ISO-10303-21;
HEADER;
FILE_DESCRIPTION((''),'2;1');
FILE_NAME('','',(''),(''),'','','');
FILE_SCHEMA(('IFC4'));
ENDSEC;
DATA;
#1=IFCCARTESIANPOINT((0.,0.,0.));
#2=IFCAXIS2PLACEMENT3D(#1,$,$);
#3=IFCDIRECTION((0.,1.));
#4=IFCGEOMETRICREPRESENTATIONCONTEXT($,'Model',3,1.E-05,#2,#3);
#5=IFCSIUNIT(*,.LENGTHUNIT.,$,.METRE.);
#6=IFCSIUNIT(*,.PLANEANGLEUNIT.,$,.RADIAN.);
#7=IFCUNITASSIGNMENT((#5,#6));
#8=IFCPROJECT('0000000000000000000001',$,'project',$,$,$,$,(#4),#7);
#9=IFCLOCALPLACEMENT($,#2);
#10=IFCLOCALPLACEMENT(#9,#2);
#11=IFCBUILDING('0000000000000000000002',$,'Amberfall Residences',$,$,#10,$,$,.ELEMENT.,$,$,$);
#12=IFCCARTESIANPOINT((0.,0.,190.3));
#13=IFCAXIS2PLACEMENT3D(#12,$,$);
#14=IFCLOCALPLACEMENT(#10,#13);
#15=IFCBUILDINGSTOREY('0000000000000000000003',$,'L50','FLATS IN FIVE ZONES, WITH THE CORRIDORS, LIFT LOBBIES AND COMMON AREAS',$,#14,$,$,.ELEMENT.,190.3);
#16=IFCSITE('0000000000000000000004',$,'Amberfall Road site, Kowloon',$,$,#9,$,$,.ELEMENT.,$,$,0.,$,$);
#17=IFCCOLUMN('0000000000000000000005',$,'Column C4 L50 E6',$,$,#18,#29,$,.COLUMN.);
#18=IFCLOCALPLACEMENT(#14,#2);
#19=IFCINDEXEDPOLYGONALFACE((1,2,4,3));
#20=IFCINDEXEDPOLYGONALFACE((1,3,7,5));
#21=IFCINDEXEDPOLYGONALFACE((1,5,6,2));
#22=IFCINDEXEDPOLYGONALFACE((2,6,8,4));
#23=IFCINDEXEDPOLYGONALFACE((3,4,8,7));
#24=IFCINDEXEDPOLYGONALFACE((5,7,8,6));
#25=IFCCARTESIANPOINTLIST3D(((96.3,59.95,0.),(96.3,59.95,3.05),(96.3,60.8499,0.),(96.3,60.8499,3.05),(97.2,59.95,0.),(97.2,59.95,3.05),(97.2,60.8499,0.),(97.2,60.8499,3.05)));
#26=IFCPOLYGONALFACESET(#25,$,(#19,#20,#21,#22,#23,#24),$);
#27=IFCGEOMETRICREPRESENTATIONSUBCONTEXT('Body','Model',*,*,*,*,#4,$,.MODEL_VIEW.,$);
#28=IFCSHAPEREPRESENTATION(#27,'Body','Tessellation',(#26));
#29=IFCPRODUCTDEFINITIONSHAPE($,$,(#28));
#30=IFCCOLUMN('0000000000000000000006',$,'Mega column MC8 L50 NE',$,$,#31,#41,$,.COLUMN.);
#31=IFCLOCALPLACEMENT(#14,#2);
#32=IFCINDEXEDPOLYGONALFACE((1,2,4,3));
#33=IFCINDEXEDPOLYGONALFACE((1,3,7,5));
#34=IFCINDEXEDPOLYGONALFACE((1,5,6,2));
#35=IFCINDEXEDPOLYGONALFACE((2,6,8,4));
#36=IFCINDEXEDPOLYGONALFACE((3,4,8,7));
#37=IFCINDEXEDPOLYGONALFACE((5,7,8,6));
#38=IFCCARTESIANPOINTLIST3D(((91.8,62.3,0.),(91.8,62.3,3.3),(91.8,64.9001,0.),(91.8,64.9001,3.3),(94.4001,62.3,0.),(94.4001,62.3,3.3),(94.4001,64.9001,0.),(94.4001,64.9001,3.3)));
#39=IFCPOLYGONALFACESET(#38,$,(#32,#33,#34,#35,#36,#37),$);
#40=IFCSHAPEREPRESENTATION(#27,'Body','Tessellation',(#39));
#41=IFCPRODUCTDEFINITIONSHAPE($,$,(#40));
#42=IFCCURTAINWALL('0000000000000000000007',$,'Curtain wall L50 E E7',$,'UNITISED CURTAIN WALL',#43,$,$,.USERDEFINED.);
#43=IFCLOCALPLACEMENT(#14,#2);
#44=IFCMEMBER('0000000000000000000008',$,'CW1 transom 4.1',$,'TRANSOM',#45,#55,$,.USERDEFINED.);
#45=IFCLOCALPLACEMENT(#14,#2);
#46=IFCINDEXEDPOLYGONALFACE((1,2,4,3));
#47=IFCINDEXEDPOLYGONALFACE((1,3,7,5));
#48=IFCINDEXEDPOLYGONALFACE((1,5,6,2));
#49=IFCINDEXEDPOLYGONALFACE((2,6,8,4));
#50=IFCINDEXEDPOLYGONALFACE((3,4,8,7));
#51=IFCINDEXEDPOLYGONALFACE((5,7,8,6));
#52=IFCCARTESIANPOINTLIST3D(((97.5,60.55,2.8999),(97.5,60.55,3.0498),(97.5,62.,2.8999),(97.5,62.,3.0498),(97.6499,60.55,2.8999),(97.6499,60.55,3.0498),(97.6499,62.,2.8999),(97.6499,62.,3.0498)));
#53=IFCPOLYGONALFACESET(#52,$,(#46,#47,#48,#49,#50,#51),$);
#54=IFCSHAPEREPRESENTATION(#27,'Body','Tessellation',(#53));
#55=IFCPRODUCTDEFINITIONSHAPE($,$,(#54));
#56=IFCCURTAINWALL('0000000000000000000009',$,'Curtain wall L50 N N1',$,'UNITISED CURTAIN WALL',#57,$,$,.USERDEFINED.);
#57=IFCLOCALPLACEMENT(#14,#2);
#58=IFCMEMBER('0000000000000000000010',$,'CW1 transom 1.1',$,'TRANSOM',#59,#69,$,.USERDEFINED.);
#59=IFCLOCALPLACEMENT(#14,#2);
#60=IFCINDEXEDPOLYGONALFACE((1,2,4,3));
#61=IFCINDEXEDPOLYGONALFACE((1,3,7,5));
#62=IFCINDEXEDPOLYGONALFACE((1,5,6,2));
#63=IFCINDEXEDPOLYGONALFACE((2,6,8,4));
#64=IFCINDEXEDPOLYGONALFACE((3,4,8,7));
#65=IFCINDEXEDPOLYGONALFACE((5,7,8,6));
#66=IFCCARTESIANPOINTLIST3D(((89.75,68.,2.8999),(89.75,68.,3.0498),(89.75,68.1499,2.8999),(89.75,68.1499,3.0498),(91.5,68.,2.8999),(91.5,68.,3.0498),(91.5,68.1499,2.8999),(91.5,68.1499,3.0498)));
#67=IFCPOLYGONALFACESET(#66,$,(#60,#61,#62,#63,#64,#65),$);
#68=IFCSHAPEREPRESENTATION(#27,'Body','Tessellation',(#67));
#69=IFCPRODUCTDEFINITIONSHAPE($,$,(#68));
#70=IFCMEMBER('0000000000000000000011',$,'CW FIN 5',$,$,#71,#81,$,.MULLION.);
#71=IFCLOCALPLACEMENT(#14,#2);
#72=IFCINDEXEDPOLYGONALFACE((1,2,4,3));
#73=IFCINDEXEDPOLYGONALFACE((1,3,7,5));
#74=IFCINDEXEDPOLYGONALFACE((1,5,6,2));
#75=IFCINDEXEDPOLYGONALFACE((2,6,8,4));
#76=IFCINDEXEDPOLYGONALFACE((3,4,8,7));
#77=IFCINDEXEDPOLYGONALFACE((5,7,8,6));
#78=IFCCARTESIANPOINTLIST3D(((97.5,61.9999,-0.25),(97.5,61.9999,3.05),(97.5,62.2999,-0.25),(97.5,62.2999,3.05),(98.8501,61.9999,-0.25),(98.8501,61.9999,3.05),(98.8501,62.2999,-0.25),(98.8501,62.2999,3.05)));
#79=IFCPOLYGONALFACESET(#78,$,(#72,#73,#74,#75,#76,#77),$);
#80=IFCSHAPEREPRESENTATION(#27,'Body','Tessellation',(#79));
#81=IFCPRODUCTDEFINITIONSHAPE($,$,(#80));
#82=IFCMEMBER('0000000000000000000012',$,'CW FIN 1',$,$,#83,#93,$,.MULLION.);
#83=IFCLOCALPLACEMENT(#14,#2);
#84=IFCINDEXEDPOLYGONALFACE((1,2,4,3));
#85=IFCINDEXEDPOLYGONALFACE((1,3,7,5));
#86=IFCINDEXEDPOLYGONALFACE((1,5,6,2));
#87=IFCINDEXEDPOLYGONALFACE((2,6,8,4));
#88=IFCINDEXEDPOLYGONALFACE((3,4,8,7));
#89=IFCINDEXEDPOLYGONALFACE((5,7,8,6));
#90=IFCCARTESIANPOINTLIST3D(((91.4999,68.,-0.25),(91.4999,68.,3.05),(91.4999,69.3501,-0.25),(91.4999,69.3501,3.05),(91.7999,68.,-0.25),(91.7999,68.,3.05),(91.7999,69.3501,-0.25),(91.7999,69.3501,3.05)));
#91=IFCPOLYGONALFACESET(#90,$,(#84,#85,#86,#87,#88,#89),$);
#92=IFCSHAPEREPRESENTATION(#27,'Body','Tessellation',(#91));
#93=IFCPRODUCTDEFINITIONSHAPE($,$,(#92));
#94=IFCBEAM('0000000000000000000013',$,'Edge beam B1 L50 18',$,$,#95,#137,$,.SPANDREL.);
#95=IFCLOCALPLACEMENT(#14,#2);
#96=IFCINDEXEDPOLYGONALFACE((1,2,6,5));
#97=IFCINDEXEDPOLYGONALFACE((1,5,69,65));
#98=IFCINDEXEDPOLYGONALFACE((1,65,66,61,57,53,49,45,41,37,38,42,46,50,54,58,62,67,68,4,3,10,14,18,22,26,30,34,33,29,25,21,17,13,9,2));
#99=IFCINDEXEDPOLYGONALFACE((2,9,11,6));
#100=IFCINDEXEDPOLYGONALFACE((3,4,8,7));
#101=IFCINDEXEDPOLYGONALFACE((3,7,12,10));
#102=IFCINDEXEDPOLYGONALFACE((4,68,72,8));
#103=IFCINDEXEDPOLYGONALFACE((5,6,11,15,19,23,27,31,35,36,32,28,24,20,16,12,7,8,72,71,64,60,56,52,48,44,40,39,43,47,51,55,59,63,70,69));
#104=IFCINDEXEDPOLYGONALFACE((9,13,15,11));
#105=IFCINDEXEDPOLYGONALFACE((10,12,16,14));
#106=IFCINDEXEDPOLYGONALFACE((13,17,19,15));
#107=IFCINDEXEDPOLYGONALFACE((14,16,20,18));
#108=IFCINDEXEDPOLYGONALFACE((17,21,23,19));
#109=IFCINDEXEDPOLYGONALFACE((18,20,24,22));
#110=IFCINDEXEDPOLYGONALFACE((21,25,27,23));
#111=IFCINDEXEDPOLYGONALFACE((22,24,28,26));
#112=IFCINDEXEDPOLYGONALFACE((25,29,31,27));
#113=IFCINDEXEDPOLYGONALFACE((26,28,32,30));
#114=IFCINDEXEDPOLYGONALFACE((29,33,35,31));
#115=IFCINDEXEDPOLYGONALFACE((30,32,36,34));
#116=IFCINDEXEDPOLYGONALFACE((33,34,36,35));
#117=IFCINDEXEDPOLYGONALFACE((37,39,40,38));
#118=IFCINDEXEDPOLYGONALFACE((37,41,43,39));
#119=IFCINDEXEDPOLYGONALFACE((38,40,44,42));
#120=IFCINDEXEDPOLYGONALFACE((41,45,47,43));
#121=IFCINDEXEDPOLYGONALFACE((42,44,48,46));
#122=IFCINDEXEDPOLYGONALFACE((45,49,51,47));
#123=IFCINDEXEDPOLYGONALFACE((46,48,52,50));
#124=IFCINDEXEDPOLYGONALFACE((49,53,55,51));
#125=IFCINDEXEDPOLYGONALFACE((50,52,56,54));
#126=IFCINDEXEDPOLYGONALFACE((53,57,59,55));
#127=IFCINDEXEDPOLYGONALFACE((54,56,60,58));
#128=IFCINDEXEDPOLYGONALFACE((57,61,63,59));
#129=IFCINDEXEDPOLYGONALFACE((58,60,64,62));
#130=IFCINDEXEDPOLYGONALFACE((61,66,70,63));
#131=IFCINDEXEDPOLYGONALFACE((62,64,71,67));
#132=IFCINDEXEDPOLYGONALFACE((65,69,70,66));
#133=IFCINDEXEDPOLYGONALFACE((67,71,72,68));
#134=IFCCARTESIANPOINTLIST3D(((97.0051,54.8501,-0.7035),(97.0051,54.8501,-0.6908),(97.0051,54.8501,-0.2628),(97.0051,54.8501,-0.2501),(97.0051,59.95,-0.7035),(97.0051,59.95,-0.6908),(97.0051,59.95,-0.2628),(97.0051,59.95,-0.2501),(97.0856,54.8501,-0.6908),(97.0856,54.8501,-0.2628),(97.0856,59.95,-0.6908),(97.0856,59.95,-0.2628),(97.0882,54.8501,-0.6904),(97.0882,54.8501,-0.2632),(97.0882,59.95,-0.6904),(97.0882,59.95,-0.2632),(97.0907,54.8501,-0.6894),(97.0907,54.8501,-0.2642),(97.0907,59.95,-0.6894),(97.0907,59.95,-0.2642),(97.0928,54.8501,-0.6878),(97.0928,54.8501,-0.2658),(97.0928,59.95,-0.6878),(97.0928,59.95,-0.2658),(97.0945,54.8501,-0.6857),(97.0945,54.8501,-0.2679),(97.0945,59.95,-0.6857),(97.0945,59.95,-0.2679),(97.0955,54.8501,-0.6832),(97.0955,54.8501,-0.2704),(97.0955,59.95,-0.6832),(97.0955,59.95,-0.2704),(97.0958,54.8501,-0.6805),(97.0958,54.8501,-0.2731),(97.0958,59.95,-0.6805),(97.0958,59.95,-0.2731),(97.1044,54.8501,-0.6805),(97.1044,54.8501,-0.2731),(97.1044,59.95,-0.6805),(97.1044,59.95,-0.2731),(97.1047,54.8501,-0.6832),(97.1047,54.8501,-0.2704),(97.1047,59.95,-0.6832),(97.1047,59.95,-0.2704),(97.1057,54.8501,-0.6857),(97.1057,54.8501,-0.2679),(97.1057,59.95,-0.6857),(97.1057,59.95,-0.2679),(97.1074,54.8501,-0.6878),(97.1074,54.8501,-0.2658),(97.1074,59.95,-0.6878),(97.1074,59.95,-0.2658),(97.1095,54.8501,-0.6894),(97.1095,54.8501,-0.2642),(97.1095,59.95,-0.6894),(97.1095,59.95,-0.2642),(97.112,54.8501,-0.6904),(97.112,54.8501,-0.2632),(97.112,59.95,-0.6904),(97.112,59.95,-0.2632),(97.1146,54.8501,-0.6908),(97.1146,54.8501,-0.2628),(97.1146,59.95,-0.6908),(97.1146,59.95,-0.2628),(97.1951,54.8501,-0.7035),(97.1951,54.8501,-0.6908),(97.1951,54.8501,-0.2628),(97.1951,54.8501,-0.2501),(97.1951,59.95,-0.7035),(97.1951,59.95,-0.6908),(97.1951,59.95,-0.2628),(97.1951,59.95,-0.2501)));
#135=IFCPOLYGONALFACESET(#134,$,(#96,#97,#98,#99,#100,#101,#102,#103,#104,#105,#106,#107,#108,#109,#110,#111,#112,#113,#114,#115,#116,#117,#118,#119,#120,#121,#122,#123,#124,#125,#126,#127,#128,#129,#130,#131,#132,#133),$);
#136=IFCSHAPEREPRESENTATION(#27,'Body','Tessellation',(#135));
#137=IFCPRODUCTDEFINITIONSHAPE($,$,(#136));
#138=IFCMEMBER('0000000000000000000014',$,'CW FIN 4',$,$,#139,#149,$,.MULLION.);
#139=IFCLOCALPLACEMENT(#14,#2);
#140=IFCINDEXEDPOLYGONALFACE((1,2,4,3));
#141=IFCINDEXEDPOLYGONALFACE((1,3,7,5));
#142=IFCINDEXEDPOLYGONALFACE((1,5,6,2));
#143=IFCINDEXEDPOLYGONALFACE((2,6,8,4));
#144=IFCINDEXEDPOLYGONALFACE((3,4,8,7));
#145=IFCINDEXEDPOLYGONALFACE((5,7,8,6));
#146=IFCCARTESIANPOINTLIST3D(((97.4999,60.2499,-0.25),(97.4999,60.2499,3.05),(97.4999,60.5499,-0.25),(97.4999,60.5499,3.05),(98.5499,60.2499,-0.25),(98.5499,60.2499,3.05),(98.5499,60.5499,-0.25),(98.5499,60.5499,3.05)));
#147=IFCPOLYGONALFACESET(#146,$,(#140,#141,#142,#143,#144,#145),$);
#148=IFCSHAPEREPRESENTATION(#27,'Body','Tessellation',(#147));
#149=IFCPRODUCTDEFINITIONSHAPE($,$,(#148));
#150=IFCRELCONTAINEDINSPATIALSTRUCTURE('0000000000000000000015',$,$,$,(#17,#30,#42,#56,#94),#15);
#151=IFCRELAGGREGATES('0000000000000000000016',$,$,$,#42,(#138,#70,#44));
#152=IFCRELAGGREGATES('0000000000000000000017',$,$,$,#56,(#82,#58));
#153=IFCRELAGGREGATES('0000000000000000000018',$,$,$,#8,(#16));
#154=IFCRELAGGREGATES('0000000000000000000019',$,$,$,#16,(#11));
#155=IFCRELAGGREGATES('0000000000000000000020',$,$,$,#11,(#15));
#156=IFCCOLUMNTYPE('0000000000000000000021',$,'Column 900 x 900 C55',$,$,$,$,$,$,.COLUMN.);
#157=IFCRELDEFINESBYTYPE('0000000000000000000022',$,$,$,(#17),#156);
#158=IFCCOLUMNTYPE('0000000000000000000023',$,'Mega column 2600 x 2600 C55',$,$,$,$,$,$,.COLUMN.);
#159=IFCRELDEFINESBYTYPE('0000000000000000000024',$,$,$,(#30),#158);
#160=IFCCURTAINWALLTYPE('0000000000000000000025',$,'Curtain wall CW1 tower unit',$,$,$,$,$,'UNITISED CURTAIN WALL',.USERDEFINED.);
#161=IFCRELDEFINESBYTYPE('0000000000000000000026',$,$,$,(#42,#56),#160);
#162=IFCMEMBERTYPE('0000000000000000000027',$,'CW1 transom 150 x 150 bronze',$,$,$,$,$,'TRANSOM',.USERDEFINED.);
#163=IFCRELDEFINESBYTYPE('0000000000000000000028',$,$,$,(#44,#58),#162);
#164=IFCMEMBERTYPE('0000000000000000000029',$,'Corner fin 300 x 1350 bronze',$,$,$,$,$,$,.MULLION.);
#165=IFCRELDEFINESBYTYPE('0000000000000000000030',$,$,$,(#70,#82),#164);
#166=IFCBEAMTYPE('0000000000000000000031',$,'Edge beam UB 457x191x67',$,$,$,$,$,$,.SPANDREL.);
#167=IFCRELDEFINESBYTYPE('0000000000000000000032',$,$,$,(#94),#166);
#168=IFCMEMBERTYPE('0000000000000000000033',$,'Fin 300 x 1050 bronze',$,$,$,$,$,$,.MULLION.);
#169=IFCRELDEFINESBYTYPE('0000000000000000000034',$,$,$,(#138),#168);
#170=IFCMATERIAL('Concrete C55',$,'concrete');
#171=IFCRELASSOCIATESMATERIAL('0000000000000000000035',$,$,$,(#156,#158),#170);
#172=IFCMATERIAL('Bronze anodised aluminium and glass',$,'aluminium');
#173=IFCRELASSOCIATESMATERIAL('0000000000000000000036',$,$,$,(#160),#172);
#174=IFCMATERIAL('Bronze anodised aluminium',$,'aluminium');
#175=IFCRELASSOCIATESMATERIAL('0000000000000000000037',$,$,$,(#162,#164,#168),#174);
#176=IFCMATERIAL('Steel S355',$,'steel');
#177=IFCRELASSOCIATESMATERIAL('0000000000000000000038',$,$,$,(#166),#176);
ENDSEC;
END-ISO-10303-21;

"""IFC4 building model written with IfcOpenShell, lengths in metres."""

from ifc_helpers import new_model, si_unit, direction, frame, origin, origin_2d, place, context, subcontext, project, spatial, rectangle, i_section, extrude, material, material_profile, profile_set, type_object, element, aggregate, save


model = new_model("IFC4")

# Units and contexts
model_context = context("Model", 3, precision=1e-05, world=origin(), true_north=direction((0.0, 1.0)))
body_context = subcontext(model_context, "Body", "Model", "MODEL_VIEW")
ifc_project = project(units=[si_unit("LENGTHUNIT", "METRE"), si_unit("PLANEANGLEUNIT", "RADIAN")], contexts=[model_context])

# Site, building, storey
site_placement = place(None, origin())
site = spatial("IfcSite", under=ifc_project, at=site_placement, Name="Amberfall Road site, Kowloon", CompositionType="ELEMENT", RefElevation=0.0)
building_placement = place(site_placement, origin())
building = spatial("IfcBuilding", under=site, at=building_placement, Name="Amberfall Residences", CompositionType="ELEMENT")
storey_placement = place(building_placement, frame((0.0, 0.0, 190.3)))
storey = spatial("IfcBuildingStorey", under=building, at=storey_placement, Name="L50", Description="FLATS IN FIVE ZONES, WITH THE CORRIDORS, LIFT LOBBIES AND COMMON AREAS", CompositionType="ELEMENT", Elevation=190.3)

# Columns
ifc_material_1 = material(Name="Concrete C55", Category="concrete")
ifc_material_profile_1 = material_profile(ifc_material_1, rectangle(XDim=0.8999, YDim=0.8999, at=origin_2d()), Name="Column 900 x 900 C55")
ifc_profile_set_1 = profile_set([ifc_material_profile_1], Name="Concrete C55")
column_type_1 = type_object("IfcColumnType", Name="Column 900 x 900 C55", PredefinedType="COLUMN", material=ifc_profile_set_1)
column_1_placement = place(storey_placement, frame((96.75, 60.3999, 0.0), z_axis=(0.0, 0.0, 1.0), x_axis=(1.0, 0.0, 0.0)))
element("IfcColumn", 1, at=column_1_placement, inside=storey, type_object=column_type_1, Name="Column C4 L50 E6", PredefinedType="COLUMN", context=body_context, shape_type="SweptSolid", body=[
    extrude(rectangle(XDim=0.8999, YDim=0.8999, at=origin_2d()), origin(), (0.0, 0.0, 1.0), 3.05),
])
ifc_material_profile_2 = material_profile(ifc_material_1, rectangle(XDim=2.6001, YDim=2.6001, at=origin_2d()), Name="Mega column 2600 x 2600 C55")
ifc_profile_set_2 = profile_set([ifc_material_profile_2], Name="Concrete C55")
column_type_2 = type_object("IfcColumnType", Name="Mega column 2600 x 2600 C55", PredefinedType="COLUMN", material=ifc_profile_set_2)
column_2_placement = place(storey_placement, frame((93.1001, 63.6001, 0.0), z_axis=(0.0, 0.0, 1.0), x_axis=(1.0, 0.0, 0.0)))
element("IfcColumn", 2, at=column_2_placement, inside=storey, type_object=column_type_2, Name="Mega column MC8 L50 NE", PredefinedType="COLUMN", context=body_context, shape_type="SweptSolid", body=[
    extrude(rectangle(XDim=2.6001, YDim=2.6001, at=origin_2d()), origin(), (0.0, 0.0, 1.0), 3.3),
])

# Curtain walls, members
ifc_material_2 = material(Name="Bronze anodised aluminium and glass", Category="aluminium")
curtain_wall_type = type_object("IfcCurtainWallType", Name="Curtain wall CW1 tower unit", ElementType="UNITISED CURTAIN WALL", PredefinedType="USERDEFINED", material=ifc_material_2)
curtain_wall_1_placement = place(storey_placement, origin())
curtain_wall_1 = element("IfcCurtainWall", 3, at=curtain_wall_1_placement, inside=storey, type_object=curtain_wall_type, Name="Curtain wall L50 E E7", ObjectType="UNITISED CURTAIN WALL", PredefinedType="USERDEFINED")
ifc_material_3 = material(Name="Bronze anodised aluminium", Category="aluminium")
ifc_material_profile_3 = material_profile(ifc_material_3, rectangle(XDim=0.1499, YDim=0.1499, at=origin_2d()), Name="CW1 transom 150 x 150 bronze")
ifc_profile_set_3 = profile_set([ifc_material_profile_3], Name="Bronze anodised aluminium")
member_type_1 = type_object("IfcMemberType", Name="CW1 transom 150 x 150 bronze", ElementType="TRANSOM", PredefinedType="USERDEFINED", material=ifc_profile_set_3)
member_1_placement = place(storey_placement, frame((97.575, 60.55, 2.9749), z_axis=(0.0, 1.0, 0.0), x_axis=(-1.0, 0.0, 0.0)))
member_1 = element("IfcMember", 4, at=member_1_placement, type_object=member_type_1, Name="CW1 transom 4.1", ObjectType="TRANSOM", PredefinedType="USERDEFINED", context=body_context, shape_type="SweptSolid", body=[
    extrude(rectangle(XDim=0.1499, YDim=0.1499, at=origin_2d()), origin(), (0.0, 0.0, 1.0), 1.45),
])
curtain_wall_2_placement = place(storey_placement, origin())
curtain_wall_2 = element("IfcCurtainWall", 5, at=curtain_wall_2_placement, inside=storey, type_object=curtain_wall_type, Name="Curtain wall L50 N N1", ObjectType="UNITISED CURTAIN WALL", PredefinedType="USERDEFINED")
member_2_placement = place(storey_placement, frame((91.5, 68.075, 2.9749), z_axis=(-1.0, 0.0, 0.0), x_axis=(0.0, -1.0, 0.0)))
member_2 = element("IfcMember", 6, at=member_2_placement, type_object=member_type_1, Name="CW1 transom 1.1", ObjectType="TRANSOM", PredefinedType="USERDEFINED", context=body_context, shape_type="SweptSolid", body=[
    extrude(rectangle(XDim=0.1499, YDim=0.1499, at=origin_2d()), origin(), (0.0, 0.0, 1.0), 1.75),
])

# Members
ifc_material_profile_4 = material_profile(ifc_material_3, rectangle(XDim=1.3501, YDim=0.3, at=origin_2d()), Name="Corner fin 300 x 1350 bronze")
ifc_profile_set_4 = profile_set([ifc_material_profile_4], Name="Bronze anodised aluminium")
member_type_2 = type_object("IfcMemberType", Name="Corner fin 300 x 1350 bronze", PredefinedType="MULLION", material=ifc_profile_set_4)
member_3_placement = place(storey_placement, frame((98.175, 62.1499, -0.25), z_axis=(0.0, 0.0, 1.0), x_axis=(-1.0, 0.0, 0.0)))
member_3 = element("IfcMember", 7, at=member_3_placement, type_object=member_type_2, Name="CW FIN 5", PredefinedType="MULLION", context=body_context, shape_type="SweptSolid", body=[
    extrude(rectangle(XDim=1.3501, YDim=0.3, at=origin_2d()), origin(), (0.0, 0.0, 1.0), 3.3),
])
member_4_placement = place(storey_placement, frame((91.6499, 68.675, -0.25), z_axis=(0.0, 0.0, 1.0), x_axis=(0.0, -1.0, 0.0)))
member_4 = element("IfcMember", 8, at=member_4_placement, type_object=member_type_2, Name="CW FIN 1", PredefinedType="MULLION", context=body_context, shape_type="SweptSolid", body=[
    extrude(rectangle(XDim=1.3501, YDim=0.3, at=origin_2d()), origin(), (0.0, 0.0, 1.0), 3.3),
])

# Beam
ifc_material_4 = material(Name="Steel S355", Category="steel")
ifc_material_profile_5 = material_profile(ifc_material_4, i_section(OverallWidth=0.1899, OverallDepth=0.4534, WebThickness=0.0085, FlangeThickness=0.0127, FilletRadius=0.0103, at=origin_2d()), Name="UB 457x191x67")
ifc_profile_set_5 = profile_set([ifc_material_profile_5], Name="Steel S355")
beam_type_1 = type_object("IfcBeamType", Name="Edge beam UB 457x191x67", PredefinedType="SPANDREL", material=ifc_profile_set_5)
beam_1_placement = place(storey_placement, frame((97.1001, 54.8501, -0.4768), z_axis=(0.0, 1.0, 0.0), x_axis=(-1.0, 0.0, 0.0)))
element("IfcBeam", 9, at=beam_1_placement, inside=storey, type_object=beam_type_1, Name="Edge beam B1 L50 18", PredefinedType="SPANDREL", context=body_context, shape_type="SweptSolid", body=[
    extrude(i_section(OverallWidth=0.1899, OverallDepth=0.4534, WebThickness=0.0085, FlangeThickness=0.0127, FilletRadius=0.0103, at=origin_2d()), origin(), (0.0, 0.0, 1.0), 5.0999),
])

# Member
ifc_material_profile_6 = material_profile(ifc_material_3, rectangle(XDim=1.05, YDim=0.3, at=origin_2d()), Name="Fin 300 x 1050 bronze")
ifc_profile_set_6 = profile_set([ifc_material_profile_6], Name="Bronze anodised aluminium")
member_type_3 = type_object("IfcMemberType", Name="Fin 300 x 1050 bronze", PredefinedType="MULLION", material=ifc_profile_set_6)
member_5_placement = place(storey_placement, frame((98.0249, 60.3999, -0.25), z_axis=(0.0, 0.0, 1.0), x_axis=(-1.0, 0.0, 0.0)))
member_5 = element("IfcMember", 10, at=member_5_placement, type_object=member_type_3, Name="CW FIN 4", PredefinedType="MULLION", context=body_context, shape_type="SweptSolid", body=[
    extrude(rectangle(XDim=1.05, YDim=0.3, at=origin_2d()), origin(), (0.0, 0.0, 1.0), 3.3),
])

aggregate(curtain_wall_1, [member_5, member_3, member_1])
aggregate(curtain_wall_2, [member_4, member_2])

save(model, "model.ifc")
